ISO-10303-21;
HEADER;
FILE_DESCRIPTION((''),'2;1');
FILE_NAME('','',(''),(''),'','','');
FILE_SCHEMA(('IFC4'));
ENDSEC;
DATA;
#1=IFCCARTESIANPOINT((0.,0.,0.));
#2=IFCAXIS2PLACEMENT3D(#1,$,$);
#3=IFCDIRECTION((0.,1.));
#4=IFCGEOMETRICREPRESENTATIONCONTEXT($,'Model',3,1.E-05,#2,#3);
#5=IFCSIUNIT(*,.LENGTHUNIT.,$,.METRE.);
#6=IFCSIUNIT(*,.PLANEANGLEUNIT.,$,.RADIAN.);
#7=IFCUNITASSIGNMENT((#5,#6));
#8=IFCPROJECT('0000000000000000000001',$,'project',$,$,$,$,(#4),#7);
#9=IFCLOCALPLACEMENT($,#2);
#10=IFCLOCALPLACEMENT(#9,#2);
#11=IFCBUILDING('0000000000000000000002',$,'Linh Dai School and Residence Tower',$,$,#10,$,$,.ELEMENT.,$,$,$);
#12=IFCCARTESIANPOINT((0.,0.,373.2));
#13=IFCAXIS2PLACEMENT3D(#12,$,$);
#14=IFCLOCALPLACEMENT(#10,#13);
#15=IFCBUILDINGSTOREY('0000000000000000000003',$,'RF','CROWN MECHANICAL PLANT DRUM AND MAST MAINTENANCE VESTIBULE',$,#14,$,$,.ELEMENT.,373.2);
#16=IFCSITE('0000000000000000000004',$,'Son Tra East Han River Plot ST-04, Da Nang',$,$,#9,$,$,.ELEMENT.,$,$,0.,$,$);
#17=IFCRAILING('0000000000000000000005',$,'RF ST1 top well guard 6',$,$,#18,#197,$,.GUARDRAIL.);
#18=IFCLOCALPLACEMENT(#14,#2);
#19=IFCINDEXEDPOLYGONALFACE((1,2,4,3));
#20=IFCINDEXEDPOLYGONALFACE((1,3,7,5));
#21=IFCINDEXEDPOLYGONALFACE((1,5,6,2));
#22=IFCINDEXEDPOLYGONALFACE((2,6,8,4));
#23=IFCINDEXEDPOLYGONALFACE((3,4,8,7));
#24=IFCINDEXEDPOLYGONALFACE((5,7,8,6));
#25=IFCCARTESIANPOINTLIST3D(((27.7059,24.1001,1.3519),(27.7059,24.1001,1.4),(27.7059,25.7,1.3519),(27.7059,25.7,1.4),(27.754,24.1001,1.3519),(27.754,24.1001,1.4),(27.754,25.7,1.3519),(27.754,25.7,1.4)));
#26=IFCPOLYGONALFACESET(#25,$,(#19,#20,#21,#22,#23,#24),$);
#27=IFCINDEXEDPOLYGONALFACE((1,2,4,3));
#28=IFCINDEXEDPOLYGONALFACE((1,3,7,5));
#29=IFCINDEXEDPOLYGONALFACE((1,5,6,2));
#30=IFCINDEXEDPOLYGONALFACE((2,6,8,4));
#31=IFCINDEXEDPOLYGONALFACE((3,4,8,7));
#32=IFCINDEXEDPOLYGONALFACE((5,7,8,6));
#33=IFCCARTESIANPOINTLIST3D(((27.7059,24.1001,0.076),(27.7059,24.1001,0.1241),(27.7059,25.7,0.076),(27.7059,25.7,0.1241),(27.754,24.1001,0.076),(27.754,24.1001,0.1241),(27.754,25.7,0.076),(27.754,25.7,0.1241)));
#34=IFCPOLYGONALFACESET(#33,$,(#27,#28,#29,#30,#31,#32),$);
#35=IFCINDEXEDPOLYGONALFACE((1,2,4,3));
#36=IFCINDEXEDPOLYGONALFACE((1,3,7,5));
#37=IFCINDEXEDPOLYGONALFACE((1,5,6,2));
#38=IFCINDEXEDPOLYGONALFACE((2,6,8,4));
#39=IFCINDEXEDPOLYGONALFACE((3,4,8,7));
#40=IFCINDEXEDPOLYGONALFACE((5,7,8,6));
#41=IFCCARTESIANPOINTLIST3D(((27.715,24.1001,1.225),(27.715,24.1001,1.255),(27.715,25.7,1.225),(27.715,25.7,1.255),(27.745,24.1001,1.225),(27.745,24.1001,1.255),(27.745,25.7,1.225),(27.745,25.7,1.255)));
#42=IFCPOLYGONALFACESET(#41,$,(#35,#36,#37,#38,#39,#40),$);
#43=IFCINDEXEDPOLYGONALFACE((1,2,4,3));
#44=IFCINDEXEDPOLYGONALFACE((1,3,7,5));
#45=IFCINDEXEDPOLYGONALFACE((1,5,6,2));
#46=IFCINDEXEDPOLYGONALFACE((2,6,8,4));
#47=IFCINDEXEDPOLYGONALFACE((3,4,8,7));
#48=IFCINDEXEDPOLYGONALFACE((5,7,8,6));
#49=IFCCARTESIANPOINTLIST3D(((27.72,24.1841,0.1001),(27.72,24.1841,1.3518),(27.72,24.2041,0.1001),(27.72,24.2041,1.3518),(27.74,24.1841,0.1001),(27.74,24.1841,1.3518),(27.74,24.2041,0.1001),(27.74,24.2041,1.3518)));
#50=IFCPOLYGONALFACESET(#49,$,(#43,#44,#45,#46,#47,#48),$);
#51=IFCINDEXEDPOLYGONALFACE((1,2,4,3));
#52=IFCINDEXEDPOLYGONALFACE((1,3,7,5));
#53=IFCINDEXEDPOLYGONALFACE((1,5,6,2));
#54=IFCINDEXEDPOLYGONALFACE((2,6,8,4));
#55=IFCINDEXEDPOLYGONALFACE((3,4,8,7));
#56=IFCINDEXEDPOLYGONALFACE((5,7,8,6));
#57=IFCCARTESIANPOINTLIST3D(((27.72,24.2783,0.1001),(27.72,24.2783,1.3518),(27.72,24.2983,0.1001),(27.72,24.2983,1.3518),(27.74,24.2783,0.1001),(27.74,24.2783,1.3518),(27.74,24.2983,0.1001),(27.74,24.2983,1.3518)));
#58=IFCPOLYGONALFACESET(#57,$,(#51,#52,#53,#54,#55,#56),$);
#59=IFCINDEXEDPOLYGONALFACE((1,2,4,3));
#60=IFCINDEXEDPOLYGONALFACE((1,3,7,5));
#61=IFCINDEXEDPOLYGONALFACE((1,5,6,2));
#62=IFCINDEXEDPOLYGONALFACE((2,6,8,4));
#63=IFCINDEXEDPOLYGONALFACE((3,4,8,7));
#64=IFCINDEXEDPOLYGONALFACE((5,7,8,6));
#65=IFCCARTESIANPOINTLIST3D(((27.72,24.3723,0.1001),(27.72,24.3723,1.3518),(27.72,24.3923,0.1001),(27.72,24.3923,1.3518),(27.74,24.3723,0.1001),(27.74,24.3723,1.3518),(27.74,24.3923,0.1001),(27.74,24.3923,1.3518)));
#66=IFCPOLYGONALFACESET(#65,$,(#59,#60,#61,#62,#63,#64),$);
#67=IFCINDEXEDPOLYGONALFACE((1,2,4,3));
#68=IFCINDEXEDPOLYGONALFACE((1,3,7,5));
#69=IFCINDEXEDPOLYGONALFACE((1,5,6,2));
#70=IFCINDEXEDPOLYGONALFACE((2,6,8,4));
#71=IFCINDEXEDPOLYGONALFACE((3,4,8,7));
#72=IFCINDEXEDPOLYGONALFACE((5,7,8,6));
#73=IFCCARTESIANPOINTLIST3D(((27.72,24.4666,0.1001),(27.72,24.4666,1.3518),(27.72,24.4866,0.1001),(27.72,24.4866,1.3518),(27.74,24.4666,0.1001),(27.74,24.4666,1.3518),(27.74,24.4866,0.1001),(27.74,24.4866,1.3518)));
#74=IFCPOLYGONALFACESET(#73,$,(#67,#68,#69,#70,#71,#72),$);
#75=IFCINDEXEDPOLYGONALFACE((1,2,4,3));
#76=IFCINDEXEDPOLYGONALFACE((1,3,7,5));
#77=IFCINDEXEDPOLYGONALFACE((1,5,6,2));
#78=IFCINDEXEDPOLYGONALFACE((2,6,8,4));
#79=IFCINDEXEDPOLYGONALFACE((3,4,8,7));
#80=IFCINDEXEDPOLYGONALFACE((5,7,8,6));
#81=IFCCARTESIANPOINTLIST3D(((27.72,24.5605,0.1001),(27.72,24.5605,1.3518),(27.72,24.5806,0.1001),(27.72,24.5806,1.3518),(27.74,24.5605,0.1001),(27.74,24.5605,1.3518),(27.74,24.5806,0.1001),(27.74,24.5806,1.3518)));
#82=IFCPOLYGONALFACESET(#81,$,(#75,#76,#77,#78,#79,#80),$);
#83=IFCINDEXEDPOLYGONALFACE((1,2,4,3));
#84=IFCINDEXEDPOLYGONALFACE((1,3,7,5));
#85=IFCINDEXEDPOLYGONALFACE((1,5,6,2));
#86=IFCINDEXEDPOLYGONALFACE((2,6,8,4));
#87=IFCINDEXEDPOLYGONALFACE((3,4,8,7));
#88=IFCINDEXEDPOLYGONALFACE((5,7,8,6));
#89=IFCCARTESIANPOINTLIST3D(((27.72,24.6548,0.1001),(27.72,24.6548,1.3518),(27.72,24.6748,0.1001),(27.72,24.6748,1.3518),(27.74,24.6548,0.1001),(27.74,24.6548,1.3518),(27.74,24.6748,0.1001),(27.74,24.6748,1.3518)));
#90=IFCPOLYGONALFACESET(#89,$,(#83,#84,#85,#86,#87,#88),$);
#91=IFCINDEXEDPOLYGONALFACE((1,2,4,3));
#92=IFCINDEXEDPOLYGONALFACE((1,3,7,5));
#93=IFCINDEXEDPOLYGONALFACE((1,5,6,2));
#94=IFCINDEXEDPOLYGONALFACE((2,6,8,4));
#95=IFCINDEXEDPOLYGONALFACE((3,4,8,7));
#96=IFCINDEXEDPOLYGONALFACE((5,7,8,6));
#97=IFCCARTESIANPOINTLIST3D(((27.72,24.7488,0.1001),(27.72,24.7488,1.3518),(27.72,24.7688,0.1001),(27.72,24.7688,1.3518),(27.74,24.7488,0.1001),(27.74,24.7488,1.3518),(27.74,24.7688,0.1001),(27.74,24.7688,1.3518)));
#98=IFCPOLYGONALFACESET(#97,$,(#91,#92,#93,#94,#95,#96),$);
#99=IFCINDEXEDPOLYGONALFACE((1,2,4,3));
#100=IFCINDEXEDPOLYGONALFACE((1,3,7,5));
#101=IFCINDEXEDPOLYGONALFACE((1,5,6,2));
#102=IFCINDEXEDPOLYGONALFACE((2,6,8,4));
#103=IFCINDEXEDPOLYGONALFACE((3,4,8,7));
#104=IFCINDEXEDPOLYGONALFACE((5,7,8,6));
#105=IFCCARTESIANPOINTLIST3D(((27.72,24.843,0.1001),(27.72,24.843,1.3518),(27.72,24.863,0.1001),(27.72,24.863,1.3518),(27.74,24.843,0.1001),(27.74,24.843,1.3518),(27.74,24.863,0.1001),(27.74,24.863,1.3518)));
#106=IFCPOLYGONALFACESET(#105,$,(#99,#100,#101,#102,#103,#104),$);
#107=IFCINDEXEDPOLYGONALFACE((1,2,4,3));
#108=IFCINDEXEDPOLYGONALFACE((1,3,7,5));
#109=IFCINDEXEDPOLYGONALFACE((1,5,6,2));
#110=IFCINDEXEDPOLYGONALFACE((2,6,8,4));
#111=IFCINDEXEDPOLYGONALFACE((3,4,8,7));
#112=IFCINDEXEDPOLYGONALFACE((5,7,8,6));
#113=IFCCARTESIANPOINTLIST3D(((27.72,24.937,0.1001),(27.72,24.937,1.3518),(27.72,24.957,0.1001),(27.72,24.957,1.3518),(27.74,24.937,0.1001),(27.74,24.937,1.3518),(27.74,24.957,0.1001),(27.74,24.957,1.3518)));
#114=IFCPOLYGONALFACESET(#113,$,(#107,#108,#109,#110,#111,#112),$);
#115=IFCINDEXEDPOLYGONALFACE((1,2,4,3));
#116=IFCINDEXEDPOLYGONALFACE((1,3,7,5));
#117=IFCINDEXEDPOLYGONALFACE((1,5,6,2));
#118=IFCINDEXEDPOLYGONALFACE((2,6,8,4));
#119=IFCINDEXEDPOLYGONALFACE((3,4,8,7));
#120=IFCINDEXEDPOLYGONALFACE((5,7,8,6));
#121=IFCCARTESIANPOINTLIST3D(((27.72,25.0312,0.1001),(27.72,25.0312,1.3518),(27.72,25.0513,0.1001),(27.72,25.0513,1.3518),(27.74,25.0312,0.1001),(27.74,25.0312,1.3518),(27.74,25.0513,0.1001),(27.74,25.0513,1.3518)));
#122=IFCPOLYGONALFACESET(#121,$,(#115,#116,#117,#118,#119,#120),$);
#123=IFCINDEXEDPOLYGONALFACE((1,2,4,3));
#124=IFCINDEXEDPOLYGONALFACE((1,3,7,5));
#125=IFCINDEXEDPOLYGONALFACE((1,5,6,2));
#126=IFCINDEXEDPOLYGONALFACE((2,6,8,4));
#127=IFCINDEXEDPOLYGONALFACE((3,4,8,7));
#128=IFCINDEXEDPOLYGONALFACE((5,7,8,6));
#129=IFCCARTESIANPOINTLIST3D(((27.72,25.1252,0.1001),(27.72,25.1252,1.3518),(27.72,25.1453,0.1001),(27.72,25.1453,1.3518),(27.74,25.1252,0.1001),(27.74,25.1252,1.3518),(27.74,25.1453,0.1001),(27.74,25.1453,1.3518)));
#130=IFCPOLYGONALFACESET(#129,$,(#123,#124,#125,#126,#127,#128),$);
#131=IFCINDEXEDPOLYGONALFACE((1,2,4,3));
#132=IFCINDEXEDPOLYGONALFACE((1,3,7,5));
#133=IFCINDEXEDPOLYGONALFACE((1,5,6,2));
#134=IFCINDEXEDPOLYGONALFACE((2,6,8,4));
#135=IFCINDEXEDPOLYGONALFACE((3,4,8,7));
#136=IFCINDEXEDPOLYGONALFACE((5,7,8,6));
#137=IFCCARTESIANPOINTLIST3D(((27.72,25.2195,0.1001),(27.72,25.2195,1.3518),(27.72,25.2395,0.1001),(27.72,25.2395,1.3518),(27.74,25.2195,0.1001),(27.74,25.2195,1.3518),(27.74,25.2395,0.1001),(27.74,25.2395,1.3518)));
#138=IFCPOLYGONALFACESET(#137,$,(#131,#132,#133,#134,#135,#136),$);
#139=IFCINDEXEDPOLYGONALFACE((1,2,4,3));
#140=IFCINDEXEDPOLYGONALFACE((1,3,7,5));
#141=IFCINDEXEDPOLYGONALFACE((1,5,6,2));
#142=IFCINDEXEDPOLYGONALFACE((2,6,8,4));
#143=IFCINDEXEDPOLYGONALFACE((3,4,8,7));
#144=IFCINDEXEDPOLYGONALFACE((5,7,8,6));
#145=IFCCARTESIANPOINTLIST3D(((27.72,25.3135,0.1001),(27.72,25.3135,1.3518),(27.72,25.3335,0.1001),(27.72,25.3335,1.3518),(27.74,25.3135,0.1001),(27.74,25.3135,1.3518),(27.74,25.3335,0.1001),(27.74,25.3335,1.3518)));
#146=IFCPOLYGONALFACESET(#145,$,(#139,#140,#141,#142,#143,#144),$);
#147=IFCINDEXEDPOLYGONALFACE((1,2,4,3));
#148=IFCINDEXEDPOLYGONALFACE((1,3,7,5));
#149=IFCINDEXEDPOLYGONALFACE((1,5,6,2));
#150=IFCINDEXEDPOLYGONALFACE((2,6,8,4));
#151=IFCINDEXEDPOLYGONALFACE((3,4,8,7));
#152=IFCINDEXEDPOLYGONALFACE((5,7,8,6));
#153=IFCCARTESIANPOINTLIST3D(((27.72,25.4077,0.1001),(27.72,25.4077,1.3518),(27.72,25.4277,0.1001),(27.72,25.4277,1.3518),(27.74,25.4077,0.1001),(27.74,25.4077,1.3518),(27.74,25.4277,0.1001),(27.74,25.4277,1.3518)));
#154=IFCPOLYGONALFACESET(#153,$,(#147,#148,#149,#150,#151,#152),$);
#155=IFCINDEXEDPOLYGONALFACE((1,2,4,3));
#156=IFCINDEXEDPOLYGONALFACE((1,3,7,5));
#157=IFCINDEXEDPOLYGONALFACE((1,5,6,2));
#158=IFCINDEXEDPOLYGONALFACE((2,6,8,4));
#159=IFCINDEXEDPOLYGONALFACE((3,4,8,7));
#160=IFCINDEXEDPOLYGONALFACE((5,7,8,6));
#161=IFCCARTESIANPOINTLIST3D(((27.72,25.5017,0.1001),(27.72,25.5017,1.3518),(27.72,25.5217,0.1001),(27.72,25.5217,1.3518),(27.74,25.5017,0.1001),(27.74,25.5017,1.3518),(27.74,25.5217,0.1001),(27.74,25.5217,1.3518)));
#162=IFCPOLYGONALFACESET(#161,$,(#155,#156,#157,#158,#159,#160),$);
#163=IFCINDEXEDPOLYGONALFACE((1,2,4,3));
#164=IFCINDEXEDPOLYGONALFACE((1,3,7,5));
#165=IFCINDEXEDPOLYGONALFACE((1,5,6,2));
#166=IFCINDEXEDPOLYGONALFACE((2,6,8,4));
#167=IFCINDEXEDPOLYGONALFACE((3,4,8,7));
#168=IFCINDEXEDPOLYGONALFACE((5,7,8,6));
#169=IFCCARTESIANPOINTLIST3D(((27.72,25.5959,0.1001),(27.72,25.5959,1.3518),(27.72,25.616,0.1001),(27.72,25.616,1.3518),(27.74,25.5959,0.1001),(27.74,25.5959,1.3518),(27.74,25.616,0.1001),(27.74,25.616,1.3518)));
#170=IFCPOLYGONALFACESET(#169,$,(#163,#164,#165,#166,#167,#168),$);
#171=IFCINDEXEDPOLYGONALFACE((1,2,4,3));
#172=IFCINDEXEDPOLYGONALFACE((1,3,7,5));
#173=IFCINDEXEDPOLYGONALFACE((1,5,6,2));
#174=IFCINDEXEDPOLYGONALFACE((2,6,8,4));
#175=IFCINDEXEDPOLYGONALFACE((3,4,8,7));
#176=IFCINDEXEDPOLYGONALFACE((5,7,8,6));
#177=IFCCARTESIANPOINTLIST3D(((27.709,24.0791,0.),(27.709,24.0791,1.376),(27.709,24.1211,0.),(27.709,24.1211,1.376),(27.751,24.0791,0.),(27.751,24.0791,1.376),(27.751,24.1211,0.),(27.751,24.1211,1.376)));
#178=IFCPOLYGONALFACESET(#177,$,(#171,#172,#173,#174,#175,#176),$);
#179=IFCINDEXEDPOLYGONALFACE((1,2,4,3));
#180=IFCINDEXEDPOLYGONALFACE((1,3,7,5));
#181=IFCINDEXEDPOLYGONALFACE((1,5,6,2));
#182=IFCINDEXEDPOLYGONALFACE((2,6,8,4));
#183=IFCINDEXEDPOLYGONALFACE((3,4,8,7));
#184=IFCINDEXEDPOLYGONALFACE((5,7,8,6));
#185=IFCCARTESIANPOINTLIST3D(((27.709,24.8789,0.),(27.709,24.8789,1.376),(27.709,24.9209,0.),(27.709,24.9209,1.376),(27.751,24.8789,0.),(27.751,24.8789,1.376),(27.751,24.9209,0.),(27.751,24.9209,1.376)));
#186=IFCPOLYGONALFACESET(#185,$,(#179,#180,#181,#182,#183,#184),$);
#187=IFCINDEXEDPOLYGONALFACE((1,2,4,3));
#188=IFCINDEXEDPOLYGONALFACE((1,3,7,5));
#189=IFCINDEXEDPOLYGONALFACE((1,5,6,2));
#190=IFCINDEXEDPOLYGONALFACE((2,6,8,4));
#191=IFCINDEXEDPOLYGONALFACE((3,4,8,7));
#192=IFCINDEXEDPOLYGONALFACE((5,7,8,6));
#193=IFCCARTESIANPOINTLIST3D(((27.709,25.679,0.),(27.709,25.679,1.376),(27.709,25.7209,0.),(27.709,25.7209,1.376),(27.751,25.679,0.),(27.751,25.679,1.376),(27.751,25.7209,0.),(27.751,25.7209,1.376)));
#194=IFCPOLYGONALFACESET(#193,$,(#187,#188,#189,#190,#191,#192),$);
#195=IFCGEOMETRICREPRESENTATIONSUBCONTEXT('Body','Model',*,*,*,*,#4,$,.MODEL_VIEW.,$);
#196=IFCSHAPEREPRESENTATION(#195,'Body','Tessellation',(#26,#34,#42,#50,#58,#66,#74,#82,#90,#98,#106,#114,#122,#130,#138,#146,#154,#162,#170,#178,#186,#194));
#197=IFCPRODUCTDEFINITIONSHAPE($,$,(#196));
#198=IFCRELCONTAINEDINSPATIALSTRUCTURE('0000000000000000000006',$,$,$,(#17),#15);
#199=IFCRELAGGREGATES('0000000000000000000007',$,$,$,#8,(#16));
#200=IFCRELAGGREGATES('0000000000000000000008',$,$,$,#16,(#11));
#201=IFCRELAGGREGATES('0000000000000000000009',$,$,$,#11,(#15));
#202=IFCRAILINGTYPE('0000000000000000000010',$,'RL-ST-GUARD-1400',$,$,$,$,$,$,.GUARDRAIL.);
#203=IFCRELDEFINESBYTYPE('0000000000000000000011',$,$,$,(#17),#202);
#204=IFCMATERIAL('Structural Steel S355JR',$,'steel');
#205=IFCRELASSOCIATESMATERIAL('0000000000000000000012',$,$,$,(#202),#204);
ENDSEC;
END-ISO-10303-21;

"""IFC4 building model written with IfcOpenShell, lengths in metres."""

from ifc_helpers import new_model, si_unit, direction, frame, origin, origin_2d, place, context, subcontext, project, spatial, rectangle, extrude, source, transform, mapped, material, type_object, element, save


model = new_model("IFC4")

# Units and contexts
model_context = context("Model", 3, precision=1e-05, world=origin(), true_north=direction((0.0, 1.0)))
body_context = subcontext(model_context, "Body", "Model", "MODEL_VIEW")
ifc_project = project(units=[si_unit("LENGTHUNIT", "METRE"), si_unit("PLANEANGLEUNIT", "RADIAN")], contexts=[model_context])

# Site, building, storey
site_placement = place(None, origin())
site = spatial("IfcSite", under=ifc_project, at=site_placement, Name="Son Tra East Han River Plot ST-04, Da Nang", CompositionType="ELEMENT", RefElevation=0.0)
building_placement = place(site_placement, origin())
building = spatial("IfcBuilding", under=site, at=building_placement, Name="Linh Dai School and Residence Tower", CompositionType="ELEMENT")
storey_placement = place(building_placement, frame((0.0, 0.0, 373.2)))
storey = spatial("IfcBuildingStorey", under=building, at=storey_placement, Name="RF", Description="CROWN MECHANICAL PLANT DRUM AND MAST MAINTENANCE VESTIBULE", CompositionType="ELEMENT", Elevation=373.2)

# Shared definitions
ifc_material_1 = material(Name="Structural Steel S355JR", Category="steel")

# Railing
railing_type = type_object("IfcRailingType", Name="RL-ST-GUARD-1400", PredefinedType="GUARDRAIL", material=ifc_material_1)
shared_shape_1 = source(origin(), body_context, "Body", "SweptSolid", [
    extrude(rectangle(XDim=0.0481, YDim=0.0481, at=origin_2d()), frame((0.0, 0.0, 1.376), z_axis=(0.0, 1.0, 0.0), x_axis=(-1.0, 0.0, 0.0)), (0.0, 0.0, 1.0), 1.5999),
    extrude(rectangle(XDim=0.0481, YDim=0.0481, at=origin_2d()), frame((0.0, 0.0, 0.1001), z_axis=(0.0, 1.0, 0.0), x_axis=(-1.0, 0.0, 0.0)), (0.0, 0.0, 1.0), 1.5999),
    extrude(rectangle(XDim=0.03, YDim=0.03, at=origin_2d()), frame((0.0, 0.0, 1.24), z_axis=(0.0, 1.0, 0.0), x_axis=(-1.0, 0.0, 0.0)), (0.0, 0.0, 1.0), 1.5999),
    extrude(rectangle(XDim=0.02, YDim=0.02, at=origin_2d()), frame((0.0, 0.094, 0.1001)), (0.0, 0.0, 1.0), 1.2517),
    extrude(rectangle(XDim=0.02, YDim=0.02, at=origin_2d()), frame((0.0, 0.1882, 0.1001)), (0.0, 0.0, 1.0), 1.2517),
    extrude(rectangle(XDim=0.02, YDim=0.02, at=origin_2d()), frame((0.0, 0.2822, 0.1001)), (0.0, 0.0, 1.0), 1.2517),
    extrude(rectangle(XDim=0.02, YDim=0.02, at=origin_2d()), frame((0.0, 0.3765, 0.1001)), (0.0, 0.0, 1.0), 1.2517),
    extrude(rectangle(XDim=0.02, YDim=0.02, at=origin_2d()), frame((0.0, 0.4705, 0.1001)), (0.0, 0.0, 1.0), 1.2517),
    extrude(rectangle(XDim=0.02, YDim=0.02, at=origin_2d()), frame((0.0, 0.5647, 0.1001)), (0.0, 0.0, 1.0), 1.2517),
    extrude(rectangle(XDim=0.02, YDim=0.02, at=origin_2d()), frame((0.0, 0.6587, 0.1001)), (0.0, 0.0, 1.0), 1.2517),
    extrude(rectangle(XDim=0.02, YDim=0.02, at=origin_2d()), frame((0.0, 0.7529, 0.1001)), (0.0, 0.0, 1.0), 1.2517),
    extrude(rectangle(XDim=0.02, YDim=0.02, at=origin_2d()), frame((0.0, 0.8469, 0.1001)), (0.0, 0.0, 1.0), 1.2517),
    extrude(rectangle(XDim=0.02, YDim=0.02, at=origin_2d()), frame((0.0, 0.9412, 0.1001)), (0.0, 0.0, 1.0), 1.2517),
    extrude(rectangle(XDim=0.02, YDim=0.02, at=origin_2d()), frame((0.0, 1.0352, 0.1001)), (0.0, 0.0, 1.0), 1.2517),
    extrude(rectangle(XDim=0.02, YDim=0.02, at=origin_2d()), frame((0.0, 1.1294, 0.1001)), (0.0, 0.0, 1.0), 1.2517),
    extrude(rectangle(XDim=0.02, YDim=0.02, at=origin_2d()), frame((0.0, 1.2234, 0.1001)), (0.0, 0.0, 1.0), 1.2517),
    extrude(rectangle(XDim=0.02, YDim=0.02, at=origin_2d()), frame((0.0, 1.3176, 0.1001)), (0.0, 0.0, 1.0), 1.2517),
    extrude(rectangle(XDim=0.02, YDim=0.02, at=origin_2d()), frame((0.0, 1.4116, 0.1001)), (0.0, 0.0, 1.0), 1.2517),
    extrude(rectangle(XDim=0.02, YDim=0.02, at=origin_2d()), frame((0.0, 1.5059, 0.1001)), (0.0, 0.0, 1.0), 1.2517),
    extrude(rectangle(XDim=0.042, YDim=0.042, at=origin_2d()), origin(), (0.0, 0.0, 1.0), 1.376),
    extrude(rectangle(XDim=0.042, YDim=0.042, at=origin_2d()), frame((0.0, 0.7998, 0.0)), (0.0, 0.0, 1.0), 1.376),
    extrude(rectangle(XDim=0.042, YDim=0.042, at=origin_2d()), frame((0.0, 1.5999, 0.0)), (0.0, 0.0, 1.0), 1.376),
])
for number, where, name in (
    (1, (27.73, 24.1001, 0.0), "RF ST1 top well guard 6"),
):
    element("IfcRailing", number, at=place(storey_placement, frame(where)), inside=storey, type_object=railing_type, Name=name, PredefinedType="GUARDRAIL", context=body_context, shape_type="MappedRepresentation", body=[
        mapped(shared_shape_1, transform((0.0, 0.0, 0.0), x_axis=(1.0, 0.0, 0.0), y_axis=(0.0, 1.0, 0.0), z_axis=(0.0, 0.0, 1.0), scale=1.0)),
    ])

save(model, "model.ifc")
